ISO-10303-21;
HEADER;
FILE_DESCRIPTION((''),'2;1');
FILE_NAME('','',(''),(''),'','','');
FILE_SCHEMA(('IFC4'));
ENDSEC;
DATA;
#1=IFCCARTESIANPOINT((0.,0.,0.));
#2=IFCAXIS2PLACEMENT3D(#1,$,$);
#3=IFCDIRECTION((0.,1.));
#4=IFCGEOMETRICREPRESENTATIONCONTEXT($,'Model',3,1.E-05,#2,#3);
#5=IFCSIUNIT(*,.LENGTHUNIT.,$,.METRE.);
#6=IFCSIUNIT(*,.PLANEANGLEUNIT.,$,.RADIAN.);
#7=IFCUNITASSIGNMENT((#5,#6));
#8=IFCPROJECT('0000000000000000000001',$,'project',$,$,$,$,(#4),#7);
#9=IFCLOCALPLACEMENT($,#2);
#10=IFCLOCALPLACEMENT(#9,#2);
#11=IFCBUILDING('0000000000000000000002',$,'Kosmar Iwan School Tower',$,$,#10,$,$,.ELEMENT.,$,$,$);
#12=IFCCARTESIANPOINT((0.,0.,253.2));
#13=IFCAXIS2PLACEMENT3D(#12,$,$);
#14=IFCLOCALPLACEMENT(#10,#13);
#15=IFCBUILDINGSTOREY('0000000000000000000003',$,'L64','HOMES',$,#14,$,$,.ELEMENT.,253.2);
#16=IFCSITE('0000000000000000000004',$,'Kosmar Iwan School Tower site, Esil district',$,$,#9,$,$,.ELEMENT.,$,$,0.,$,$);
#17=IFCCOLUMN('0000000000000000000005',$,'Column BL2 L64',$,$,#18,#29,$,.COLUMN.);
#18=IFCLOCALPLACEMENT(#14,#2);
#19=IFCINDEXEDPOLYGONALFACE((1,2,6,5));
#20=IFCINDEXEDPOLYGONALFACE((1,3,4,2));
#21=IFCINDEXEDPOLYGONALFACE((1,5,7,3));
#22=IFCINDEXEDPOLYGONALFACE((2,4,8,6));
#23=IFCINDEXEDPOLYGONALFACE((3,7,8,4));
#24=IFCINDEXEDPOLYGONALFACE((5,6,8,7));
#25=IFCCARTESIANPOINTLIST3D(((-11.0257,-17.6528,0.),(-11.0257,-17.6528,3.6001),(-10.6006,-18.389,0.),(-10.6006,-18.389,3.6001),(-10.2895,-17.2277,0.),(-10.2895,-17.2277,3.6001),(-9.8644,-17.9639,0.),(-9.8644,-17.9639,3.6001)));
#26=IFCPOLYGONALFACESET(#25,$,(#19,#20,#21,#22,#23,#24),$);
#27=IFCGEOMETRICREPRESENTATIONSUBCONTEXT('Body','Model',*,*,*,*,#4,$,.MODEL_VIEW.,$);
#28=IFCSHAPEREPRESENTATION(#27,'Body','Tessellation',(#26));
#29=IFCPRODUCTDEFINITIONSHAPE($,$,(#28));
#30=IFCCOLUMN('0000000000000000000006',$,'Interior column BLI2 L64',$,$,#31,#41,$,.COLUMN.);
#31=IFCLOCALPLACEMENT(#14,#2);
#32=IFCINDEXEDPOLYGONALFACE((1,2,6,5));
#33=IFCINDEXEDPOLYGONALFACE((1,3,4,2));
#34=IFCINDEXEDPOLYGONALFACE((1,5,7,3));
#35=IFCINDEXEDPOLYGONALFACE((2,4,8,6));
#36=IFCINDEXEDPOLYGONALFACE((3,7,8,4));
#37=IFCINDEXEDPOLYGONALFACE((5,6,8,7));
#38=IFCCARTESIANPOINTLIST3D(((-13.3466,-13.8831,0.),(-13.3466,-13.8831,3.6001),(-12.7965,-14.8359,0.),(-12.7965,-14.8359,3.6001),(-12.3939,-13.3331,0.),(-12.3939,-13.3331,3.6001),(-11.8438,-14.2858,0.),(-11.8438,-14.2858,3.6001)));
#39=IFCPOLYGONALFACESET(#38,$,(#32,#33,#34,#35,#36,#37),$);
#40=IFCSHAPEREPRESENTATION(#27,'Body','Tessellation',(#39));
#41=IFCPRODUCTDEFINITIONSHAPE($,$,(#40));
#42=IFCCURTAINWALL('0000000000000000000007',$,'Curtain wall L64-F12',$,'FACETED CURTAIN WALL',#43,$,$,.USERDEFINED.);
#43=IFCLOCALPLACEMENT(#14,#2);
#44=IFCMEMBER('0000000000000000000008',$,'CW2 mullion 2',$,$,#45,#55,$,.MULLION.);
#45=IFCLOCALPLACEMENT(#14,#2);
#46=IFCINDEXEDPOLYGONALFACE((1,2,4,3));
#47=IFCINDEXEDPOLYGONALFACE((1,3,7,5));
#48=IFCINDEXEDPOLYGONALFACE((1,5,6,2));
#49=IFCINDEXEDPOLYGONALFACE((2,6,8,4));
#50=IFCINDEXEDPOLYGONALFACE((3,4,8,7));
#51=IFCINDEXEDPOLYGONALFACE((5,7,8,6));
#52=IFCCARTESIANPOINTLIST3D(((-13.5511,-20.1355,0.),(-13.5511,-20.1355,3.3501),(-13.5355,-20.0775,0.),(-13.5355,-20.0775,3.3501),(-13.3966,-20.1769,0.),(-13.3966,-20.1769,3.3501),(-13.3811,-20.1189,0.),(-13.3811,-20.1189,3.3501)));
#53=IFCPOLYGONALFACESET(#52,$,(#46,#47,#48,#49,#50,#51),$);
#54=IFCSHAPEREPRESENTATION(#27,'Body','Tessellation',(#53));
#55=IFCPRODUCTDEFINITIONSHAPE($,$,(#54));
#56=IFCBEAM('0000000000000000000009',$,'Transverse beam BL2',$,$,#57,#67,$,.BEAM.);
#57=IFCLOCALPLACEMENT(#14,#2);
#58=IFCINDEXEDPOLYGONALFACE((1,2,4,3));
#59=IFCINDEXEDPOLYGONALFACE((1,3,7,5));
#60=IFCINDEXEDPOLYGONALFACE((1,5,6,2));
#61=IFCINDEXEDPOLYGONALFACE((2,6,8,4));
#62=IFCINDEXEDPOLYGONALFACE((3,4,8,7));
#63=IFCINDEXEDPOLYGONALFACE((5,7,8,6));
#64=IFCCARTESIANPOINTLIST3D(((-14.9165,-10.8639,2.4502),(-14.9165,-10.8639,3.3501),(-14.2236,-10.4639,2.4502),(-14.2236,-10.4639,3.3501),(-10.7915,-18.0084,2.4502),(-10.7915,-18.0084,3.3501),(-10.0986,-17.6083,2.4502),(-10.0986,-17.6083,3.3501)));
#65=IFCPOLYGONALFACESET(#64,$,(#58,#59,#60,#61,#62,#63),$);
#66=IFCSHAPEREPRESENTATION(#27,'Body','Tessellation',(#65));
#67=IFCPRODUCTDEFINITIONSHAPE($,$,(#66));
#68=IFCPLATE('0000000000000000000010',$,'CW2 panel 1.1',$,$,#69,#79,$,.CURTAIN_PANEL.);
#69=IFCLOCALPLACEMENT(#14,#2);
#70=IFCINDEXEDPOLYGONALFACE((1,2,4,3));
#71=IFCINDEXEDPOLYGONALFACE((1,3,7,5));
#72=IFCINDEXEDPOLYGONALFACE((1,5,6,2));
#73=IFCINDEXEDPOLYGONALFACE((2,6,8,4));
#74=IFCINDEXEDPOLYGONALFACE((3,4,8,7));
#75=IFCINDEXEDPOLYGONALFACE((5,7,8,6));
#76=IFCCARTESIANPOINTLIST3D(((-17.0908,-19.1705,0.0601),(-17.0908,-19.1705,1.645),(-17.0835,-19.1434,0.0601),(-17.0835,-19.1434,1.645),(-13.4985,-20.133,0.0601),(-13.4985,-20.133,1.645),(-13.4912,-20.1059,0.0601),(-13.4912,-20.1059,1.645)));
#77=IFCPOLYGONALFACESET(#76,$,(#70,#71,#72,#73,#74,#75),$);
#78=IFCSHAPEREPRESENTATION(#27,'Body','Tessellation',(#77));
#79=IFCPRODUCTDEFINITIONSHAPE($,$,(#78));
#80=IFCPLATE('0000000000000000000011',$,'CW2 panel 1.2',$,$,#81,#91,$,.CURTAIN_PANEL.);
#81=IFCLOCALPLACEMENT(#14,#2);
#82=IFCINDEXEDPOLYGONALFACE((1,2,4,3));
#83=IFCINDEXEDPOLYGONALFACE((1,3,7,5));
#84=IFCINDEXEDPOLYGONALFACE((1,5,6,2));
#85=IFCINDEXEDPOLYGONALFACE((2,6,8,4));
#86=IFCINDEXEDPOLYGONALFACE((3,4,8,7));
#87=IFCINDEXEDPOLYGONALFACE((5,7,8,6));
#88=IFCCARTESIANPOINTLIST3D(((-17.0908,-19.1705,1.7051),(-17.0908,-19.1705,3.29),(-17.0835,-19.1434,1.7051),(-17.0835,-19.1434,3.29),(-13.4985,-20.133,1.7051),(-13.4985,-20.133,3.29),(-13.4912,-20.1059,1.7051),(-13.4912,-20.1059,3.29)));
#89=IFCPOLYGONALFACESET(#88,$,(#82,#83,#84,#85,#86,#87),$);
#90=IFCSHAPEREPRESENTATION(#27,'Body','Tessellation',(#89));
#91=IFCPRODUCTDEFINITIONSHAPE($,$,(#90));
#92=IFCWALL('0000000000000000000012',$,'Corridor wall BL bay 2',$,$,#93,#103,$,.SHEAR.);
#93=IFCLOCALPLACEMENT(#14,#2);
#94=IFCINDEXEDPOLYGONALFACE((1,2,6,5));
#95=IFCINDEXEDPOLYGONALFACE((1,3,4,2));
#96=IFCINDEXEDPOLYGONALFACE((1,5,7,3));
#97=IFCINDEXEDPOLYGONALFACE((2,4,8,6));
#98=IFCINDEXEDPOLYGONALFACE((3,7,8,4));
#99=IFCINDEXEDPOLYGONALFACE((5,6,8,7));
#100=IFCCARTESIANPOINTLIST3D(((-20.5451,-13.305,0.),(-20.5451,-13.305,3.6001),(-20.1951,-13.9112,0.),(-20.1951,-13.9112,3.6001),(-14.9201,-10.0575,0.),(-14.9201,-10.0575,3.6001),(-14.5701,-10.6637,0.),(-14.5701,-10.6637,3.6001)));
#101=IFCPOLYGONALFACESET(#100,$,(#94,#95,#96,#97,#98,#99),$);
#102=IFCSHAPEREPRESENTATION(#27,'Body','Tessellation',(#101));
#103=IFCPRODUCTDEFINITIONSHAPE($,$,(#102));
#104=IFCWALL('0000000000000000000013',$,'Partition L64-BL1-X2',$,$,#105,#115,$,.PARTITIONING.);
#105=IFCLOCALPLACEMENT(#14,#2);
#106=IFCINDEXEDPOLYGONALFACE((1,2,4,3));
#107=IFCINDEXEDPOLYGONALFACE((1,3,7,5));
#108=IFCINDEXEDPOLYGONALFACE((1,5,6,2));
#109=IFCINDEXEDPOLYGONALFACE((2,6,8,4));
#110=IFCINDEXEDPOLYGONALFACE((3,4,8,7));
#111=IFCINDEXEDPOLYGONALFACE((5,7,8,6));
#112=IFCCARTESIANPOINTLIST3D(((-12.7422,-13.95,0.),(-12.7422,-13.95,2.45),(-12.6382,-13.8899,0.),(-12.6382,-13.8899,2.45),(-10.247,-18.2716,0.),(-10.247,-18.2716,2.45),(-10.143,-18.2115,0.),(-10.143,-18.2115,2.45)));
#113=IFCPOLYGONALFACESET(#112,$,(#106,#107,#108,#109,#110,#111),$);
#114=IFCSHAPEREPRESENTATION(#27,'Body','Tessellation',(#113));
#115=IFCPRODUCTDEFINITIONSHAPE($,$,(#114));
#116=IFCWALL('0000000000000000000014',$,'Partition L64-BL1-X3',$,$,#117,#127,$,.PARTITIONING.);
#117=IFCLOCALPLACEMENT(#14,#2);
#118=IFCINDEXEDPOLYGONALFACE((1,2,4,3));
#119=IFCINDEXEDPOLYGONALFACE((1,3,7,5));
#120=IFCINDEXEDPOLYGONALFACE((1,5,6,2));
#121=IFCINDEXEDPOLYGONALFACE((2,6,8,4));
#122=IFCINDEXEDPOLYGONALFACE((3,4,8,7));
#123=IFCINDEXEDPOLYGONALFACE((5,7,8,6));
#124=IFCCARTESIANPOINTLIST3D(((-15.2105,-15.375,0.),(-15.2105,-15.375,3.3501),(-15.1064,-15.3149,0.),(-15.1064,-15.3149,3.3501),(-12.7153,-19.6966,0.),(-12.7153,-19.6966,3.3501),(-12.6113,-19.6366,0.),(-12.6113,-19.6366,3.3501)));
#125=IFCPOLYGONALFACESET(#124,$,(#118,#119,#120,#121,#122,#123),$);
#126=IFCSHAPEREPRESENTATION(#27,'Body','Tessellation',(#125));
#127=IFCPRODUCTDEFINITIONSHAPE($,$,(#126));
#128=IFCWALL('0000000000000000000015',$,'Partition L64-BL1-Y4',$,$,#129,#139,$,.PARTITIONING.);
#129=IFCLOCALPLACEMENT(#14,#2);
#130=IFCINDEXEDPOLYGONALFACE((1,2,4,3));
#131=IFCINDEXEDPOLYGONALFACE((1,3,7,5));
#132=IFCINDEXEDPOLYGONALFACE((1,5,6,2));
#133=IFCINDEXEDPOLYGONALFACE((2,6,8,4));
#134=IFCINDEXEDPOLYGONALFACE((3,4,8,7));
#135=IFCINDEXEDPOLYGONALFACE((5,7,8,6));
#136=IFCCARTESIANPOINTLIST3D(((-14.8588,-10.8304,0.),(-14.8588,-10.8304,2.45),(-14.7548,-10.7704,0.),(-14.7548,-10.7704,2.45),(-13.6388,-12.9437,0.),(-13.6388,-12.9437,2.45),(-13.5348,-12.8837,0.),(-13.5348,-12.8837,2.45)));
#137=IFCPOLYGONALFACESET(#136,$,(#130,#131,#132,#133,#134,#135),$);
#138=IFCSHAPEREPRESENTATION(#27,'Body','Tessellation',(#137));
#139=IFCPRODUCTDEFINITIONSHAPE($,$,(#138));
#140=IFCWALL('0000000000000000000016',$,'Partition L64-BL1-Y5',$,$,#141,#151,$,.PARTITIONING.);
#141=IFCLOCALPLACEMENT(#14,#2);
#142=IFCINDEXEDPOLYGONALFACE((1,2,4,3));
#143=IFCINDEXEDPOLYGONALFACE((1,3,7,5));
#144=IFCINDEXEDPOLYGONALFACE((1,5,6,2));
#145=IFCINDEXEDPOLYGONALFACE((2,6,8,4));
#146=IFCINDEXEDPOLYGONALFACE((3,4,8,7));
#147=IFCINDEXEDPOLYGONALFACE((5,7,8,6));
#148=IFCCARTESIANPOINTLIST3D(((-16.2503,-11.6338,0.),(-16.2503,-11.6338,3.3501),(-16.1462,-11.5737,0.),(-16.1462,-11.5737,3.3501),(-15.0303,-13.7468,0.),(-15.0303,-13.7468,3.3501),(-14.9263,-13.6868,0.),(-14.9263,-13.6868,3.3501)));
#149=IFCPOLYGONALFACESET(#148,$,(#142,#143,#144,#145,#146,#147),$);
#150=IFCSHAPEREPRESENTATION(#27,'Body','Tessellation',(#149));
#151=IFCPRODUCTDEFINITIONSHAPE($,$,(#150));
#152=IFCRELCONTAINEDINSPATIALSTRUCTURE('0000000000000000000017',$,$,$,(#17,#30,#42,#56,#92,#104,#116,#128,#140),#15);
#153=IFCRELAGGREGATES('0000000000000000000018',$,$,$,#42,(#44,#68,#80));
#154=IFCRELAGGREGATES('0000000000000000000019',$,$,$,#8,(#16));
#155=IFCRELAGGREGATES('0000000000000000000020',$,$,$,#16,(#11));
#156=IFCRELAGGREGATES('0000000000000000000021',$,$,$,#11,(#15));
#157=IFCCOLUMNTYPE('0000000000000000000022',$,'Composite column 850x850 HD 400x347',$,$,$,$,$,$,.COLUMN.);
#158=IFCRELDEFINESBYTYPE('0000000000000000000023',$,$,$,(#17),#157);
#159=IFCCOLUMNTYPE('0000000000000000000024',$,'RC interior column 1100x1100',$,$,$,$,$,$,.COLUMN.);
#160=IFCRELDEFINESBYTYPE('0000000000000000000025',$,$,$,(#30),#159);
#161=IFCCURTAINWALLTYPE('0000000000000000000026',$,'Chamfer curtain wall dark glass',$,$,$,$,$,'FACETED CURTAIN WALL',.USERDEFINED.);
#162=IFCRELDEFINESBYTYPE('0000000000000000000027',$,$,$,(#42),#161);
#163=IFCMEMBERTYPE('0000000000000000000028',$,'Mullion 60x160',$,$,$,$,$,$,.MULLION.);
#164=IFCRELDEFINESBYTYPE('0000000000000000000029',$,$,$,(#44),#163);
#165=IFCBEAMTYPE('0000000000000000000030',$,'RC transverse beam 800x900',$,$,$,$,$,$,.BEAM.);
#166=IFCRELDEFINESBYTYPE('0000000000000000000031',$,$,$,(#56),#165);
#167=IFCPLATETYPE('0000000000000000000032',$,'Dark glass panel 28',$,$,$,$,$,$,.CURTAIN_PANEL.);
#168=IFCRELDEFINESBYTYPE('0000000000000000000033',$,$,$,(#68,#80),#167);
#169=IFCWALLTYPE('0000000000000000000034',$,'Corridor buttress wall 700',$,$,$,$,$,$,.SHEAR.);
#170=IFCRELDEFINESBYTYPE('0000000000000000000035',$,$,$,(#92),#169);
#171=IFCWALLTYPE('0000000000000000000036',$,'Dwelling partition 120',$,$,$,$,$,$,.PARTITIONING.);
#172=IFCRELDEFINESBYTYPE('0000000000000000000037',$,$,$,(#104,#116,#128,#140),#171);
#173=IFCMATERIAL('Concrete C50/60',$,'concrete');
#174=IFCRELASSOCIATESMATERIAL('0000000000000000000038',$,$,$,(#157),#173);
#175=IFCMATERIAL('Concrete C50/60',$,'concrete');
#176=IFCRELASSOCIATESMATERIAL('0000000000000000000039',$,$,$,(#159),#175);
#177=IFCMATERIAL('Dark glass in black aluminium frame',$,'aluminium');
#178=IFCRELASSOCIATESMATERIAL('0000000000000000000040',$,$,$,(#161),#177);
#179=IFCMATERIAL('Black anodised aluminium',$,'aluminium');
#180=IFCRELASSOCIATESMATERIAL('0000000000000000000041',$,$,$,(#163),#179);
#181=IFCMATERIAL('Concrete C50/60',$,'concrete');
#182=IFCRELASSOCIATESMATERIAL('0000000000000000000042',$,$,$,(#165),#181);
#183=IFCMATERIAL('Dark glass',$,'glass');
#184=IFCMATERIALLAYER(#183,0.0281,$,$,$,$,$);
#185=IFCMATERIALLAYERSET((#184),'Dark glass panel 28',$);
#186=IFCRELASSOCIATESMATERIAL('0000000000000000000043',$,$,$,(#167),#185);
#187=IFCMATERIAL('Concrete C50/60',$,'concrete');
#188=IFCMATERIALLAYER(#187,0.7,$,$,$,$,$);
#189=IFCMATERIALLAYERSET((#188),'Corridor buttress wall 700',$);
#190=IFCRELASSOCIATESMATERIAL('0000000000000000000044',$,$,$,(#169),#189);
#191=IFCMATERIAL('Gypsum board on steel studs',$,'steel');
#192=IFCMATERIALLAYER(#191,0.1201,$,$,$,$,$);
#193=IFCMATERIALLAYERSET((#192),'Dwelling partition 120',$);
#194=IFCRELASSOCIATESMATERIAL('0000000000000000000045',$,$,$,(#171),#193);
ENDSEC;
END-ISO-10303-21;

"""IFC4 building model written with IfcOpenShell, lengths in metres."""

from ifc_helpers import new_model, si_unit, direction, frame, frame_2d, origin, origin_2d, place, context, subcontext, project, spatial, rectangle, extrude, material, layer, layer_set, material_profile, profile_set, type_object, element, aggregate, save


model = new_model("IFC4")

# Units and contexts
model_context = context("Model", 3, precision=1e-05, world=origin(), true_north=direction((0.0, 1.0)))
body_context = subcontext(model_context, "Body", "Model", "MODEL_VIEW")
ifc_project = project(units=[si_unit("LENGTHUNIT", "METRE"), si_unit("PLANEANGLEUNIT", "RADIAN")], contexts=[model_context])

# Site, building, storey
site_placement = place(None, origin())
site = spatial("IfcSite", under=ifc_project, at=site_placement, Name="Kosmar Iwan School Tower site, Esil district", CompositionType="ELEMENT", RefElevation=0.0)
building_placement = place(site_placement, origin())
building = spatial("IfcBuilding", under=site, at=building_placement, Name="Kosmar Iwan School Tower", CompositionType="ELEMENT")
storey_placement = place(building_placement, frame((0.0, 0.0, 253.2)))
storey = spatial("IfcBuildingStorey", under=building, at=storey_placement, Name="L64", Description="HOMES", CompositionType="ELEMENT", Elevation=253.2)

# Columns
ifc_material_1 = material(Name="Concrete C50/60", Category="concrete")
ifc_material_profile_1 = material_profile(ifc_material_1, rectangle(XDim=0.8501, YDim=0.8501, at=origin_2d()), Name="RC 850x850 + HD 400x347")
ifc_profile_set_1 = profile_set([ifc_material_profile_1], Name="Concrete C50/60")
column_type_1 = type_object("IfcColumnType", Name="Composite column 850x850 HD 400x347", PredefinedType="COLUMN", material=ifc_profile_set_1)
column_1_placement = place(storey_placement, frame((-10.4451, -17.8083, 0.0), z_axis=(0.0, 0.0, 1.0), x_axis=(-0.866025, -0.5, 0.0)))
element("IfcColumn", 1, at=column_1_placement, inside=storey, type_object=column_type_1, Name="Column BL2 L64", PredefinedType="COLUMN", context=body_context, shape_type="SweptSolid", body=[
    extrude(rectangle(XDim=0.8501, YDim=0.8501, at=origin_2d()), origin(), (0.0, 0.0, 1.0), 3.6001),
])
ifc_material_2 = material(Name="Concrete C50/60", Category="concrete")
ifc_material_profile_2 = material_profile(ifc_material_2, rectangle(XDim=1.1001, YDim=1.1001, at=origin_2d()), Name="RC 1100x1100")
ifc_profile_set_2 = profile_set([ifc_material_profile_2], Name="Concrete C50/60")
column_type_2 = type_object("IfcColumnType", Name="RC interior column 1100x1100", PredefinedType="COLUMN", material=ifc_profile_set_2)
column_2_placement = place(storey_placement, frame((-12.5952, -14.0845, 0.0), z_axis=(0.0, 0.0, 1.0), x_axis=(-0.866025, -0.5, 0.0)))
element("IfcColumn", 2, at=column_2_placement, inside=storey, type_object=column_type_2, Name="Interior column BLI2 L64", PredefinedType="COLUMN", context=body_context, shape_type="SweptSolid", body=[
    extrude(rectangle(XDim=1.1001, YDim=1.1001, at=origin_2d()), origin(), (0.0, 0.0, 1.0), 3.6001),
])

# Curtain wall, member
ifc_material_3 = material(Name="Dark glass in black aluminium frame", Category="aluminium")
curtain_wall_type = type_object("IfcCurtainWallType", Name="Chamfer curtain wall dark glass", ElementType="FACETED CURTAIN WALL", PredefinedType="USERDEFINED", material=ifc_material_3)
curtain_wall_placement = place(storey_placement, origin())
curtain_wall = element("IfcCurtainWall", 3, at=curtain_wall_placement, inside=storey, type_object=curtain_wall_type, Name="Curtain wall L64-F12", ObjectType="FACETED CURTAIN WALL", PredefinedType="USERDEFINED")
ifc_material_4 = material(Name="Black anodised aluminium", Category="aluminium")
ifc_material_profile_3 = material_profile(ifc_material_4, rectangle(XDim=0.0601, YDim=0.1599, at=origin_2d()), Name="MULLION 60x160")
ifc_profile_set_3 = profile_set([ifc_material_profile_3], Name="Black anodised aluminium")
member_type = type_object("IfcMemberType", Name="Mullion 60x160", PredefinedType="MULLION", material=ifc_profile_set_3)
member_placement = place(storey_placement, frame((-13.4661, -20.1272, 0.0), z_axis=(0.0, 0.0, 1.0), x_axis=(0.258819, 0.965926, 0.0)))
member = element("IfcMember", 4, at=member_placement, type_object=member_type, Name="CW2 mullion 2", PredefinedType="MULLION", context=body_context, shape_type="SweptSolid", body=[
    extrude(rectangle(XDim=0.0601, YDim=0.1599, at=origin_2d()), origin(), (0.0, 0.0, 1.0), 3.3501),
])

# Beam
ifc_material_5 = material(Name="Concrete C50/60", Category="concrete")
ifc_material_profile_4 = material_profile(ifc_material_5, rectangle(XDim=0.8, YDim=0.8999, at=origin_2d()), Name="RC 800x900")
ifc_profile_set_4 = profile_set([ifc_material_profile_4], Name="Concrete C50/60")
beam_type = type_object("IfcBeamType", Name="RC transverse beam 800x900", PredefinedType="BEAM", material=ifc_profile_set_4)
beam_placement = place(storey_placement, frame((-10.4451, -17.8083, 2.9001), z_axis=(-0.500009, 0.86602, 0.0), x_axis=(-0.86602, -0.500009, 0.0)))
element("IfcBeam", 5, at=beam_placement, inside=storey, type_object=beam_type, Name="Transverse beam BL2", PredefinedType="BEAM", context=body_context, shape_type="SweptSolid", body=[
    extrude(rectangle(XDim=0.8, YDim=0.8999, at=origin_2d()), origin(), (0.0, 0.0, 1.0), 8.2498),
])

# Plates
ifc_material_6 = material(Name="Dark glass", Category="glass")
ifc_layer_1 = layer(ifc_material_6, 0.0281)
ifc_layer_set_1 = layer_set([ifc_layer_1], Name="Dark glass panel 28")
plate_type = type_object("IfcPlateType", Name="Dark glass panel 28", PredefinedType="CURTAIN_PANEL", material=ifc_layer_set_1)
plate_1_placement = place(storey_placement, frame((-15.291, -19.6382, 0.0601), z_axis=(0.0, 0.0, 1.0), x_axis=(0.965926, -0.258819, 0.0)))
plate_1 = element("IfcPlate", 6, at=plate_1_placement, type_object=plate_type, Name="CW2 panel 1.1", PredefinedType="CURTAIN_PANEL", context=body_context, shape_type="SweptSolid", body=[
    extrude(rectangle(XDim=3.719, YDim=0.0281, at=origin_2d()), origin(), (0.0, 0.0, 1.0), 1.585),
])
plate_2_placement = place(storey_placement, frame((-15.291, -19.6382, 1.7051), z_axis=(0.0, 0.0, 1.0), x_axis=(0.965926, -0.258819, 0.0)))
plate_2 = element("IfcPlate", 7, at=plate_2_placement, type_object=plate_type, Name="CW2 panel 1.2", PredefinedType="CURTAIN_PANEL", context=body_context, shape_type="SweptSolid", body=[
    extrude(rectangle(XDim=3.719, YDim=0.0281, at=origin_2d()), origin(), (0.0, 0.0, 1.0), 1.585),
])
aggregate(curtain_wall, [member, plate_1, plate_2])

# Walls
ifc_material_7 = material(Name="Concrete C50/60", Category="concrete")
ifc_layer_2 = layer(ifc_material_7, 0.7)
ifc_layer_set_2 = layer_set([ifc_layer_2], Name="Corridor buttress wall 700")
wall_type_1 = type_object("IfcWallType", Name="Corridor buttress wall 700", PredefinedType="SHEAR", material=ifc_layer_set_2)
wall_1_placement = place(storey_placement, frame((-14.7451, -10.3606, 0.0), z_axis=(0.0, 0.0, 1.0), x_axis=(-0.866028, -0.499996, 0.0)))
element("IfcWall", 8, at=wall_1_placement, inside=storey, type_object=wall_type_1, Name="Corridor wall BL bay 2", PredefinedType="SHEAR", context=body_context, shape_type="SweptSolid", body=[
    extrude(rectangle(XDim=6.4951, YDim=0.7, at=frame_2d((3.2476, 0.0))), origin(), (0.0, 0.0, 1.0), 3.6001),
])
ifc_material_8 = material(Name="Gypsum board on steel studs", Category="steel")
ifc_layer_3 = layer(ifc_material_8, 0.1201)
ifc_layer_set_3 = layer_set([ifc_layer_3], Name="Dwelling partition 120")
wall_type_2 = type_object("IfcWallType", Name="Dwelling partition 120", PredefinedType="PARTITIONING", material=ifc_layer_set_3)
wall_2_placement = place(storey_placement, frame((-12.6902, -13.9199, 0.0), z_axis=(0.0, 0.0, 1.0), x_axis=(0.500012, -0.866019, 0.0)))
element("IfcWall", 9, at=wall_2_placement, inside=storey, type_object=wall_type_2, Name="Partition L64-BL1-X2", PredefinedType="PARTITIONING", context=body_context, shape_type="SweptSolid", body=[
    extrude(rectangle(XDim=4.9902, YDim=0.1201, at=frame_2d((2.4951, 0.0))), origin(), (0.0, 0.0, 1.0), 2.45),
])
wall_3_placement = place(storey_placement, frame((-15.1584, -15.345, 0.0), z_axis=(0.0, 0.0, 1.0), x_axis=(0.500012, -0.866019, 0.0)))
element("IfcWall", 10, at=wall_3_placement, inside=storey, type_object=wall_type_2, Name="Partition L64-BL1-X3", PredefinedType="PARTITIONING", context=body_context, shape_type="SweptSolid", body=[
    extrude(rectangle(XDim=4.9902, YDim=0.1201, at=frame_2d((2.4951, 0.0))), origin(), (0.0, 0.0, 1.0), 3.3501),
])
wall_4_placement = place(storey_placement, frame((-14.8069, -10.8003, 0.0), z_axis=(0.0, 0.0, 1.0), x_axis=(0.499959, -0.866049, 0.0)))
element("IfcWall", 11, at=wall_4_placement, inside=storey, type_object=wall_type_2, Name="Partition L64-BL1-Y4", PredefinedType="PARTITIONING", context=body_context, shape_type="SweptSolid", body=[
    extrude(rectangle(XDim=2.4402, YDim=0.1201, at=frame_2d((1.2202, 0.0))), origin(), (0.0, 0.0, 1.0), 2.45),
])
wall_5_placement = place(storey_placement, frame((-16.1982, -11.6038, 0.0), z_axis=(0.0, 0.0, 1.0), x_axis=(0.500003, -0.866024, 0.0)))
element("IfcWall", 12, at=wall_5_placement, inside=storey, type_object=wall_type_2, Name="Partition L64-BL1-Y5", PredefinedType="PARTITIONING", context=body_context, shape_type="SweptSolid", body=[
    extrude(rectangle(XDim=2.4399, YDim=0.1201, at=frame_2d((1.22, 0.0))), origin(), (0.0, 0.0, 1.0), 3.3501),
])

save(model, "model.ifc")
